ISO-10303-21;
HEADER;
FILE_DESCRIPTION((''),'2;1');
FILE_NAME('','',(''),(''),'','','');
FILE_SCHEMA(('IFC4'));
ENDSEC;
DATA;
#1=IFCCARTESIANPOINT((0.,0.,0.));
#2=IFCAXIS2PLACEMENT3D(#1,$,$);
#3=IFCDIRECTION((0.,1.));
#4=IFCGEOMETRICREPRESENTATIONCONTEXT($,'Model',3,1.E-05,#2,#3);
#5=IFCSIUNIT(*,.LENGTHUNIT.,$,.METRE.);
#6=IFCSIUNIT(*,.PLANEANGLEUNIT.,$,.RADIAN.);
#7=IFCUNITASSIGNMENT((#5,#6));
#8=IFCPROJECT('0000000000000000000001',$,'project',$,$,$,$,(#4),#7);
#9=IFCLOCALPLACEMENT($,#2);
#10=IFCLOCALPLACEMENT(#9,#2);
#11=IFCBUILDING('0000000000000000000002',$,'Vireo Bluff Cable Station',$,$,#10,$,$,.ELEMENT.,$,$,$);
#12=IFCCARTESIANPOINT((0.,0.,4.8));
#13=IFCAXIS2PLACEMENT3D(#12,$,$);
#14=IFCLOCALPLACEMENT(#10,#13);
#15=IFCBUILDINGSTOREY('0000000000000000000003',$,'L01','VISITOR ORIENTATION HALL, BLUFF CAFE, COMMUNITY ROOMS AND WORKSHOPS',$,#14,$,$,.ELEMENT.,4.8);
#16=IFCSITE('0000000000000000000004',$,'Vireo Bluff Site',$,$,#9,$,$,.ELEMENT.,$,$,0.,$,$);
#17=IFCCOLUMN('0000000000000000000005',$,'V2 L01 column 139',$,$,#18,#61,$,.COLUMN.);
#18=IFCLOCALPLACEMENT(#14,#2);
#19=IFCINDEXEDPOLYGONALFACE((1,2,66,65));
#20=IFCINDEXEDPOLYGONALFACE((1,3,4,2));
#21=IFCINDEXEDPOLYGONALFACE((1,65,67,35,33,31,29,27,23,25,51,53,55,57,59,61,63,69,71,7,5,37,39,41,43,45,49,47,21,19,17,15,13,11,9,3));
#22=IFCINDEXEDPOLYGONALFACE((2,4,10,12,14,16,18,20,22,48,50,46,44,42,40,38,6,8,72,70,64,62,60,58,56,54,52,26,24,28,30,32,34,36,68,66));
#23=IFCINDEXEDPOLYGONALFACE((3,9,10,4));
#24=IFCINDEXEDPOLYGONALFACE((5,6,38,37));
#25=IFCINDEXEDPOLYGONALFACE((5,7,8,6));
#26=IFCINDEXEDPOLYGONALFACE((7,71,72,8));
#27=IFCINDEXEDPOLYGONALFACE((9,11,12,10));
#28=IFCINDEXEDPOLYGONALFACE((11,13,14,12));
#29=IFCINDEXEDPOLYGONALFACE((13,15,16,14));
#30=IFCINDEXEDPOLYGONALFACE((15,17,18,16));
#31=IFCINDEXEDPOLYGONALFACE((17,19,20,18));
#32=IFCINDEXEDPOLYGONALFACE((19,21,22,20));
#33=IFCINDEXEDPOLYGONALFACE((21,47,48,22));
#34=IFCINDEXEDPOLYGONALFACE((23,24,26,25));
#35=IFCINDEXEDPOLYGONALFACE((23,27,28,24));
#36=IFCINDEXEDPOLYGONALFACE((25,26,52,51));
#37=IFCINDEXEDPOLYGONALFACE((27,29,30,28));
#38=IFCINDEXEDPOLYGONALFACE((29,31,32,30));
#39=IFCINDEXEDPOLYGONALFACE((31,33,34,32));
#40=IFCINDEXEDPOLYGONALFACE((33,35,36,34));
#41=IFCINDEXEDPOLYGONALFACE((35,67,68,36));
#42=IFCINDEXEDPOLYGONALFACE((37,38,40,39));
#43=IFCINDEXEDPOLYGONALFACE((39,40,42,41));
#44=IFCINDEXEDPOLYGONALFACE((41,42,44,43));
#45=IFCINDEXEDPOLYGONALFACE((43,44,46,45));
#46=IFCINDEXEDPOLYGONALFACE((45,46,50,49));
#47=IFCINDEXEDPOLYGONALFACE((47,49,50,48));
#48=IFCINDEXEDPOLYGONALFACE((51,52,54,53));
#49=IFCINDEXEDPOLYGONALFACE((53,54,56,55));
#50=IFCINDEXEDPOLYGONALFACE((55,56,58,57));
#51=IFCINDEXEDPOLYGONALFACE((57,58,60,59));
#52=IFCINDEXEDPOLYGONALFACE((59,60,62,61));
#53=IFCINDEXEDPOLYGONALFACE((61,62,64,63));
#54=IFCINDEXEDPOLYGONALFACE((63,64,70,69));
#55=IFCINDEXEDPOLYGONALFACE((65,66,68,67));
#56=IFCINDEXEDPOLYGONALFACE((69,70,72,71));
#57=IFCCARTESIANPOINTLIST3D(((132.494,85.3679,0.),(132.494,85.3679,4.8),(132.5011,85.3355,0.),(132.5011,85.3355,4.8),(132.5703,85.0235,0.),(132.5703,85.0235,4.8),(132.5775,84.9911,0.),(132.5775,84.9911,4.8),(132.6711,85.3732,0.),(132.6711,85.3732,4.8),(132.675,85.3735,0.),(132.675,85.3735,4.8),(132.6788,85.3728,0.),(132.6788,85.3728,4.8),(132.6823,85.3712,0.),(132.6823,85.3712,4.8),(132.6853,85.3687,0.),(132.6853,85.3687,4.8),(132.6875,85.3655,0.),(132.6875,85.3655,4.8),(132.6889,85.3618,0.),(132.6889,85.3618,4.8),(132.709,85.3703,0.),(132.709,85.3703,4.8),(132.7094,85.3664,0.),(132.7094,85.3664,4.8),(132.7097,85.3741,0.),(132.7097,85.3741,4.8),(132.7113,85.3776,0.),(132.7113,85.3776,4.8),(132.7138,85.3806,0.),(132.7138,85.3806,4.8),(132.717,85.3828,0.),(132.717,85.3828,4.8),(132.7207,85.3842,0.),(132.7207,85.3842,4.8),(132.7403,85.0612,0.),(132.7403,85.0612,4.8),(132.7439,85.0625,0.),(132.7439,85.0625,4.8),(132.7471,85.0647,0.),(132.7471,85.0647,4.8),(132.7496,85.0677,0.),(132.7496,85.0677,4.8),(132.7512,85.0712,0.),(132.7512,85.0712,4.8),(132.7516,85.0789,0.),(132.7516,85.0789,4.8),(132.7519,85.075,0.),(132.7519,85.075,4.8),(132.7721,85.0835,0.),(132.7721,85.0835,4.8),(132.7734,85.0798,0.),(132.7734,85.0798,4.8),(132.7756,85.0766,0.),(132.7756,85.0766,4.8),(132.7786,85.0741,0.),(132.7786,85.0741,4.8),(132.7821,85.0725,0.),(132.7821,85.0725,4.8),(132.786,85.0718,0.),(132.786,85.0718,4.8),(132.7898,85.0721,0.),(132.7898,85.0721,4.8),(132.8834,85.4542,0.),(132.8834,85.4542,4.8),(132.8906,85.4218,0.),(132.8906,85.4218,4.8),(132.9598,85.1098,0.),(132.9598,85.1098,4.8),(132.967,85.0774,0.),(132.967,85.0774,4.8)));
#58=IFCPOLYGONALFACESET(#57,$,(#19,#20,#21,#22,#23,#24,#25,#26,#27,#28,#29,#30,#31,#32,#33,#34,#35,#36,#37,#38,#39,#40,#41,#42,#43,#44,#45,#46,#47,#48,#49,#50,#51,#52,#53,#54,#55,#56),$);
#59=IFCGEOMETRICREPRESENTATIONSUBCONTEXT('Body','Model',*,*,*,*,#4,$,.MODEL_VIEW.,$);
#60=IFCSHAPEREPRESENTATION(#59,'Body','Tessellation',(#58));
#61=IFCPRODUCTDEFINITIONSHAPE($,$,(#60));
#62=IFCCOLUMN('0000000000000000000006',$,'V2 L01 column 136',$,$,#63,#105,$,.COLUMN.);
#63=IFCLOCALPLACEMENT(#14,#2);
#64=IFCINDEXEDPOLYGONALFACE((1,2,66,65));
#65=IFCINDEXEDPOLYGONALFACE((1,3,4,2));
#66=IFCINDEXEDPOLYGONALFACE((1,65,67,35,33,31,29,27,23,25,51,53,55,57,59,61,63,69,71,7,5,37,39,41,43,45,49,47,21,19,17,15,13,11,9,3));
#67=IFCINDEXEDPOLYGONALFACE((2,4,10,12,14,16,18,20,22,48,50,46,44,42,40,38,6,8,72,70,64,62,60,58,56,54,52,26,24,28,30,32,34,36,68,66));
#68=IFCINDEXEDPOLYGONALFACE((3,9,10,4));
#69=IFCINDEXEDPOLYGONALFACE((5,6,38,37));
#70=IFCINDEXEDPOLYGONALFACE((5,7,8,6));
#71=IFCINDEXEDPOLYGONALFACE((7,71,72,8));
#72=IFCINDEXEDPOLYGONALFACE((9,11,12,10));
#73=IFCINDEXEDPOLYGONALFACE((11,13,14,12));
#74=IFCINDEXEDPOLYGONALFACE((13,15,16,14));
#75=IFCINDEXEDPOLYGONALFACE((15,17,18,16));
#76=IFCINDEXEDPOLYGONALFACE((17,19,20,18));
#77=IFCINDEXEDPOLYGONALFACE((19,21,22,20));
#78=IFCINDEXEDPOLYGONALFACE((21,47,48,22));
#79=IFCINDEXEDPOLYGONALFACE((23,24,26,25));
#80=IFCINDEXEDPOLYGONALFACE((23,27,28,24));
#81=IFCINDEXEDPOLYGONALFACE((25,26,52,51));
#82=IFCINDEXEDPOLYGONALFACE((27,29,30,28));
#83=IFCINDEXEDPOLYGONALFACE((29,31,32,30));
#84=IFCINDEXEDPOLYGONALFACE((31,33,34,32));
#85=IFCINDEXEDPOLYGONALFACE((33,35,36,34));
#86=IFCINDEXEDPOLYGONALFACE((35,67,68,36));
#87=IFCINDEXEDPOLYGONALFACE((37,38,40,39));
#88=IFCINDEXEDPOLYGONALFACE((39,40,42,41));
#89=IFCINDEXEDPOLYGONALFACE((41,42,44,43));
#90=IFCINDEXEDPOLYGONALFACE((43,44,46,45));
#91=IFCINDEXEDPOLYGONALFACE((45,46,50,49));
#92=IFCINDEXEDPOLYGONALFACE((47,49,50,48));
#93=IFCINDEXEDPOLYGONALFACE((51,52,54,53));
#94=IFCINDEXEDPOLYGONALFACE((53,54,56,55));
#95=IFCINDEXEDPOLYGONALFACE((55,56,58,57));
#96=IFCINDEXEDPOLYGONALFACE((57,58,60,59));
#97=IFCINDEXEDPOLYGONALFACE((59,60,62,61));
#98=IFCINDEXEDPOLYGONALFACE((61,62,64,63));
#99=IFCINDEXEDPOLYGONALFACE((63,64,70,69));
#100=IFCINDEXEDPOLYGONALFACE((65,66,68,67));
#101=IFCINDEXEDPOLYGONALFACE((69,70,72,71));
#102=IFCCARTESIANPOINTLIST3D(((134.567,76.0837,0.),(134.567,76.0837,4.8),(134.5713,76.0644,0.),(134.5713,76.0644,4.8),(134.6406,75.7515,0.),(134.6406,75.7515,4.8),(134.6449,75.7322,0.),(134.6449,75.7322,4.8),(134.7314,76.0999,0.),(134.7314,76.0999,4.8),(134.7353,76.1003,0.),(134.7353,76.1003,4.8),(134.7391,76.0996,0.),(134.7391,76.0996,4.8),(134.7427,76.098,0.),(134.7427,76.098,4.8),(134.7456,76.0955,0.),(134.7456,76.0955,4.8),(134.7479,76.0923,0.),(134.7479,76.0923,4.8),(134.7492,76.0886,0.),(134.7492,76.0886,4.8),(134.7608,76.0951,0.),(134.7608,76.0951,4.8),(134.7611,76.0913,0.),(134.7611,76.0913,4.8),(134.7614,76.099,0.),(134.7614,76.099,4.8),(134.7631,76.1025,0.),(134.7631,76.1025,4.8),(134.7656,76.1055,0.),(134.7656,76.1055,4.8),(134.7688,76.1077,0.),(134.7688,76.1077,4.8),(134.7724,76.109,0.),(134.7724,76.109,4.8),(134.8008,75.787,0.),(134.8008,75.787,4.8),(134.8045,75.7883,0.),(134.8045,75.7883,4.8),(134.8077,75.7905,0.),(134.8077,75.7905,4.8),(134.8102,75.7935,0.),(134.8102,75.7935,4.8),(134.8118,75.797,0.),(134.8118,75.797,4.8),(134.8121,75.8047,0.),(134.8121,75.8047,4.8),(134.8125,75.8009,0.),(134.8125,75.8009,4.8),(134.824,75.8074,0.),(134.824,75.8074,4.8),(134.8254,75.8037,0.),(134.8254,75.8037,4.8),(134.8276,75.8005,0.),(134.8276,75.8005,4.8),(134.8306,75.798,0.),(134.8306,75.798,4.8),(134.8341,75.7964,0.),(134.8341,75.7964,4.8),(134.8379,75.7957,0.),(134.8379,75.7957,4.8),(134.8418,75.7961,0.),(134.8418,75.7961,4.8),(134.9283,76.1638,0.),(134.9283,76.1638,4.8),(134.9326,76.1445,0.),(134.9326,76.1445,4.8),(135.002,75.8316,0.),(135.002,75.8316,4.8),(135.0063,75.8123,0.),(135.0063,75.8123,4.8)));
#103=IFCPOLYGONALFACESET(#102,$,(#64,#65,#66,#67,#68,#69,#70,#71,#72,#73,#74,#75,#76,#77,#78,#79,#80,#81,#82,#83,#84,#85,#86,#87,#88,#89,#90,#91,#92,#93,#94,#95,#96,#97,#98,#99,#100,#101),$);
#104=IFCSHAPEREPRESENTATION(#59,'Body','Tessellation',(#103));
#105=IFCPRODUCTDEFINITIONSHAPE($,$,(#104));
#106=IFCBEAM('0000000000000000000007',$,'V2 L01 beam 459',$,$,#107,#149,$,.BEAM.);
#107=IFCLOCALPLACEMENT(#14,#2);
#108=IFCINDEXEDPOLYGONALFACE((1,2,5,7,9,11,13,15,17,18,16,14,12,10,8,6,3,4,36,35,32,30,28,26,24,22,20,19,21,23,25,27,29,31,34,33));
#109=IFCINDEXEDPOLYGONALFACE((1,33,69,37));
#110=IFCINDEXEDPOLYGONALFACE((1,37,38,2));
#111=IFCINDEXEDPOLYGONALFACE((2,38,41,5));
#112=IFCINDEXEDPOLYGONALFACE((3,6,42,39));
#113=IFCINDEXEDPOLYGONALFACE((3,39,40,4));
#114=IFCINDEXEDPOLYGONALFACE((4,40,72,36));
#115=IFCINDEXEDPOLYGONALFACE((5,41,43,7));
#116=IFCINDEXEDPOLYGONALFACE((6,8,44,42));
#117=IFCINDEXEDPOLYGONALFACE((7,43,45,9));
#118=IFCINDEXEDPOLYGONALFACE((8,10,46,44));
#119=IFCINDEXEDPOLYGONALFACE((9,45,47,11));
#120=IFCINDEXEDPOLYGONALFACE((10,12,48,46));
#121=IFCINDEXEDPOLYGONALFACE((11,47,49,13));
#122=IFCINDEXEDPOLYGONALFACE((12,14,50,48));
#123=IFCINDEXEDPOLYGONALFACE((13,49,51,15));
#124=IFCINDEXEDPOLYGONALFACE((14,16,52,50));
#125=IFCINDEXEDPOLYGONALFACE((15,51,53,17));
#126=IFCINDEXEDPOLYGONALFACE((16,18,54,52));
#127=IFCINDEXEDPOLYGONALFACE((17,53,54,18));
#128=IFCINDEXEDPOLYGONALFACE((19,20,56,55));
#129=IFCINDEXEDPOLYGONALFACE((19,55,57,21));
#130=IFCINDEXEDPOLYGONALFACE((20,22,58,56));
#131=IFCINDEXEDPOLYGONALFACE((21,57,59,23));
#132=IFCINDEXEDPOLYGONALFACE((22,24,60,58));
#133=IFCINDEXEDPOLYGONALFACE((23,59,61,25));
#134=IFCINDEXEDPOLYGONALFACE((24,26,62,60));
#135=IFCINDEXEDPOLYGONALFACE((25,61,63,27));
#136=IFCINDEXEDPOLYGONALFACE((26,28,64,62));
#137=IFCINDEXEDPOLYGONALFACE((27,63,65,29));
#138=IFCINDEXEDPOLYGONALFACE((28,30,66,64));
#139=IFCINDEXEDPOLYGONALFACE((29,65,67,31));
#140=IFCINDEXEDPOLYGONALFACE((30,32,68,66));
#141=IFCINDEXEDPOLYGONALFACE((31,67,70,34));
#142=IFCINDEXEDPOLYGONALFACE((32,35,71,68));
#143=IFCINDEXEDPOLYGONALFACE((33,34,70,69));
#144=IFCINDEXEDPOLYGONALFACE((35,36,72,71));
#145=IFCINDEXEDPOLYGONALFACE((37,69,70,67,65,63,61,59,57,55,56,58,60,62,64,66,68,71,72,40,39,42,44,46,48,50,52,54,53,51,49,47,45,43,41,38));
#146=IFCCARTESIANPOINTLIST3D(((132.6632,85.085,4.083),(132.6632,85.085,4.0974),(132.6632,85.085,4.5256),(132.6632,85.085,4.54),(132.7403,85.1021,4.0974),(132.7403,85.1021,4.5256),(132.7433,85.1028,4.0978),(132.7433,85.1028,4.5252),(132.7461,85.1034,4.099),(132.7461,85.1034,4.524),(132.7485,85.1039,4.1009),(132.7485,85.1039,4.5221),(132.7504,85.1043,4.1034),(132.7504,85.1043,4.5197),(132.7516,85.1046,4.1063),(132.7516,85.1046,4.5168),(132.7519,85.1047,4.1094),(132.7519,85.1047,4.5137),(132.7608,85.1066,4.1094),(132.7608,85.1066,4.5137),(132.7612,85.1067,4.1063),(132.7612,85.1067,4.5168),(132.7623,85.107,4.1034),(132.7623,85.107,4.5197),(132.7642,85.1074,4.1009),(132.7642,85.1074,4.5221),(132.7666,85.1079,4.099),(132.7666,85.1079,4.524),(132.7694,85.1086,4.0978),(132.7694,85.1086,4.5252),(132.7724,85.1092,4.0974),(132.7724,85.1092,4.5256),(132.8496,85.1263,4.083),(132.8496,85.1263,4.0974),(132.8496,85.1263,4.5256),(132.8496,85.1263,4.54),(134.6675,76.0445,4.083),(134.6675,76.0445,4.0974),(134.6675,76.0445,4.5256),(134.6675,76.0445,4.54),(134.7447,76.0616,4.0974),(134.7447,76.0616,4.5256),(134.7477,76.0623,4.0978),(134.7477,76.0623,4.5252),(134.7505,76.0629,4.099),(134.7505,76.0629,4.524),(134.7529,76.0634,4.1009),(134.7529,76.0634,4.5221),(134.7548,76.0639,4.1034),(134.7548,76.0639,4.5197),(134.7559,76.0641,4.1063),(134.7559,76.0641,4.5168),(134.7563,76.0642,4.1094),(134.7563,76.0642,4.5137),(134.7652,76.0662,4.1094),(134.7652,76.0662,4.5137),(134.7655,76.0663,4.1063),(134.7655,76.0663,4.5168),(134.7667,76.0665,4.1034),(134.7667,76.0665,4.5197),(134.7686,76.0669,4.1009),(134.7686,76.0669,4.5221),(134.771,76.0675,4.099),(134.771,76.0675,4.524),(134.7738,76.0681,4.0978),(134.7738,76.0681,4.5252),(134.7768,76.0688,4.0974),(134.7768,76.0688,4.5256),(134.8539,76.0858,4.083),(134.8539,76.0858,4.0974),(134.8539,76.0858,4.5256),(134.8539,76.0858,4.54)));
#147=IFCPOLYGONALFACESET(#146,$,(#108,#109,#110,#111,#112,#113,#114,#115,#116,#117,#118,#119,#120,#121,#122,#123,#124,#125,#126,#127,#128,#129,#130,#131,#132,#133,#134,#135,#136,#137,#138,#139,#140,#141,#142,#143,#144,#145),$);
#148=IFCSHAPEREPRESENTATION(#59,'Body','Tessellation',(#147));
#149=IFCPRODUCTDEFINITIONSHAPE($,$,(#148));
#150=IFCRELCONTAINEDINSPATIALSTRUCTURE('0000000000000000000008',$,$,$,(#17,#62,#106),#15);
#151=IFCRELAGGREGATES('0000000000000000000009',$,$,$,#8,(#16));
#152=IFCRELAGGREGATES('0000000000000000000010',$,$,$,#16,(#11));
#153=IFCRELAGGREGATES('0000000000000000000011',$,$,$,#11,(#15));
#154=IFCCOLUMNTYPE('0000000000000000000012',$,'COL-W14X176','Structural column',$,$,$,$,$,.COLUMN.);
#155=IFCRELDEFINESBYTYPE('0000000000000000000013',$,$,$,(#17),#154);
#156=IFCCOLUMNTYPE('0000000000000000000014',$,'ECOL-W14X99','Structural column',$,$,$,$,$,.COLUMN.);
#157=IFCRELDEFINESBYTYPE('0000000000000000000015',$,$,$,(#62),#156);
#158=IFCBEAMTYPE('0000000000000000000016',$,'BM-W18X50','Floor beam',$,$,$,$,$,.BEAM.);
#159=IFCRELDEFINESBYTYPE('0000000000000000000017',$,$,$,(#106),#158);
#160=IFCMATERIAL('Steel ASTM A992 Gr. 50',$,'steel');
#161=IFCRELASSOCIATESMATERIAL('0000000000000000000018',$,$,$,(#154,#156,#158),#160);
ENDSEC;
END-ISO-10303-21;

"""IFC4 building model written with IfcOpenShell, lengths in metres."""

from ifc_helpers import new_model, si_unit, direction, frame, origin, origin_2d, place, context, subcontext, project, spatial, i_section, extrude, material, material_profile, profile_set, type_object, element, save


model = new_model("IFC4")

# Units and contexts
model_context = context("Model", 3, precision=1e-05, world=origin(), true_north=direction((0.0, 1.0)))
body_context = subcontext(model_context, "Body", "Model", "MODEL_VIEW")
ifc_project = project(units=[si_unit("LENGTHUNIT", "METRE"), si_unit("PLANEANGLEUNIT", "RADIAN")], contexts=[model_context])

# Site, building, storey
site_placement = place(None, origin())
site = spatial("IfcSite", under=ifc_project, at=site_placement, Name="Vireo Bluff Site", CompositionType="ELEMENT", RefElevation=0.0)
building_placement = place(site_placement, origin())
building = spatial("IfcBuilding", under=site, at=building_placement, Name="Vireo Bluff Cable Station", CompositionType="ELEMENT")
storey_placement = place(building_placement, frame((0.0, 0.0, 4.8)))
storey = spatial("IfcBuildingStorey", under=building, at=storey_placement, Name="L01", Description="VISITOR ORIENTATION HALL, BLUFF CAFE, COMMUNITY ROOMS AND WORKSHOPS", CompositionType="ELEMENT", Elevation=4.8)

# Columns
ifc_material_1 = material(Name="Steel ASTM A992 Gr. 50", Category="steel")
ifc_material_profile_1 = material_profile(ifc_material_1, i_section(OverallWidth=0.3989, OverallDepth=0.386, WebThickness=0.021, FlangeThickness=0.0332, FilletRadius=0.0149, at=origin_2d()), Name="W14X176")
ifc_profile_set_1 = profile_set([ifc_material_profile_1], Name="Steel ASTM A992 Gr. 50")
column_type_1 = type_object("IfcColumnType", Name="COL-W14X176", Description="Structural column", PredefinedType="COLUMN", material=ifc_profile_set_1)
column_1_placement = place(storey_placement, frame((132.7305, 85.2227, 0.0), z_axis=(0.0, 0.0, 1.0), x_axis=(0.976296, 0.21644, 0.0)))
element("IfcColumn", 1, at=column_1_placement, inside=storey, type_object=column_type_1, Name="V2 L01 column 139", PredefinedType="COLUMN", context=body_context, shape_type="SweptSolid", body=[
    extrude(i_section(OverallWidth=0.3989, OverallDepth=0.386, WebThickness=0.021, FlangeThickness=0.0332, FilletRadius=0.0149, at=origin_2d()), origin(), (0.0, 0.0, 1.0), 4.8),
])
ifc_material_profile_2 = material_profile(ifc_material_1, i_section(OverallWidth=0.3701, OverallDepth=0.3601, WebThickness=0.0122, FlangeThickness=0.0198, FilletRadius=0.0149, at=origin_2d()), Name="W14X99")
ifc_profile_set_2 = profile_set([ifc_material_profile_2], Name="Steel ASTM A992 Gr. 50")
column_type_2 = type_object("IfcColumnType", Name="ECOL-W14X99", Description="Structural column", PredefinedType="COLUMN", material=ifc_profile_set_2)
column_2_placement = place(storey_placement, frame((134.7866, 75.948, 0.0), z_axis=(0.0, 0.0, 1.0), x_axis=(0.976296, 0.21644, 0.0)))
element("IfcColumn", 2, at=column_2_placement, inside=storey, type_object=column_type_2, Name="V2 L01 column 136", PredefinedType="COLUMN", context=body_context, shape_type="SweptSolid", body=[
    extrude(i_section(OverallWidth=0.3701, OverallDepth=0.3601, WebThickness=0.0122, FlangeThickness=0.0198, FilletRadius=0.0149, at=origin_2d()), origin(), (0.0, 0.0, 1.0), 4.8),
])

# Beam
ifc_material_profile_3 = material_profile(ifc_material_1, i_section(OverallWidth=0.1909, OverallDepth=0.457, WebThickness=0.009, FlangeThickness=0.0144, FilletRadius=0.012, at=origin_2d()), Name="W18X50")
ifc_profile_set_3 = profile_set([ifc_material_profile_3], Name="Steel ASTM A992 Gr. 50")
beam_type_1 = type_object("IfcBeamType", Name="BM-W18X50", Description="Floor beam", PredefinedType="BEAM", material=ifc_profile_set_3)
beam_1_placement = place(storey_placement, frame((134.7607, 76.0652, 4.3115), z_axis=(-0.216456, 0.976292, 0.0), x_axis=(-0.976292, -0.216456, 0.0)))
element("IfcBeam", 3, at=beam_1_placement, inside=storey, type_object=beam_type_1, Name="V2 L01 beam 459", PredefinedType="BEAM", context=body_context, shape_type="SweptSolid", body=[
    extrude(i_section(OverallWidth=0.1909, OverallDepth=0.457, WebThickness=0.009, FlangeThickness=0.0144, FilletRadius=0.012, at=origin_2d()), origin(), (0.0, 0.0, 1.0), 9.26),
])

save(model, "model.ifc")
